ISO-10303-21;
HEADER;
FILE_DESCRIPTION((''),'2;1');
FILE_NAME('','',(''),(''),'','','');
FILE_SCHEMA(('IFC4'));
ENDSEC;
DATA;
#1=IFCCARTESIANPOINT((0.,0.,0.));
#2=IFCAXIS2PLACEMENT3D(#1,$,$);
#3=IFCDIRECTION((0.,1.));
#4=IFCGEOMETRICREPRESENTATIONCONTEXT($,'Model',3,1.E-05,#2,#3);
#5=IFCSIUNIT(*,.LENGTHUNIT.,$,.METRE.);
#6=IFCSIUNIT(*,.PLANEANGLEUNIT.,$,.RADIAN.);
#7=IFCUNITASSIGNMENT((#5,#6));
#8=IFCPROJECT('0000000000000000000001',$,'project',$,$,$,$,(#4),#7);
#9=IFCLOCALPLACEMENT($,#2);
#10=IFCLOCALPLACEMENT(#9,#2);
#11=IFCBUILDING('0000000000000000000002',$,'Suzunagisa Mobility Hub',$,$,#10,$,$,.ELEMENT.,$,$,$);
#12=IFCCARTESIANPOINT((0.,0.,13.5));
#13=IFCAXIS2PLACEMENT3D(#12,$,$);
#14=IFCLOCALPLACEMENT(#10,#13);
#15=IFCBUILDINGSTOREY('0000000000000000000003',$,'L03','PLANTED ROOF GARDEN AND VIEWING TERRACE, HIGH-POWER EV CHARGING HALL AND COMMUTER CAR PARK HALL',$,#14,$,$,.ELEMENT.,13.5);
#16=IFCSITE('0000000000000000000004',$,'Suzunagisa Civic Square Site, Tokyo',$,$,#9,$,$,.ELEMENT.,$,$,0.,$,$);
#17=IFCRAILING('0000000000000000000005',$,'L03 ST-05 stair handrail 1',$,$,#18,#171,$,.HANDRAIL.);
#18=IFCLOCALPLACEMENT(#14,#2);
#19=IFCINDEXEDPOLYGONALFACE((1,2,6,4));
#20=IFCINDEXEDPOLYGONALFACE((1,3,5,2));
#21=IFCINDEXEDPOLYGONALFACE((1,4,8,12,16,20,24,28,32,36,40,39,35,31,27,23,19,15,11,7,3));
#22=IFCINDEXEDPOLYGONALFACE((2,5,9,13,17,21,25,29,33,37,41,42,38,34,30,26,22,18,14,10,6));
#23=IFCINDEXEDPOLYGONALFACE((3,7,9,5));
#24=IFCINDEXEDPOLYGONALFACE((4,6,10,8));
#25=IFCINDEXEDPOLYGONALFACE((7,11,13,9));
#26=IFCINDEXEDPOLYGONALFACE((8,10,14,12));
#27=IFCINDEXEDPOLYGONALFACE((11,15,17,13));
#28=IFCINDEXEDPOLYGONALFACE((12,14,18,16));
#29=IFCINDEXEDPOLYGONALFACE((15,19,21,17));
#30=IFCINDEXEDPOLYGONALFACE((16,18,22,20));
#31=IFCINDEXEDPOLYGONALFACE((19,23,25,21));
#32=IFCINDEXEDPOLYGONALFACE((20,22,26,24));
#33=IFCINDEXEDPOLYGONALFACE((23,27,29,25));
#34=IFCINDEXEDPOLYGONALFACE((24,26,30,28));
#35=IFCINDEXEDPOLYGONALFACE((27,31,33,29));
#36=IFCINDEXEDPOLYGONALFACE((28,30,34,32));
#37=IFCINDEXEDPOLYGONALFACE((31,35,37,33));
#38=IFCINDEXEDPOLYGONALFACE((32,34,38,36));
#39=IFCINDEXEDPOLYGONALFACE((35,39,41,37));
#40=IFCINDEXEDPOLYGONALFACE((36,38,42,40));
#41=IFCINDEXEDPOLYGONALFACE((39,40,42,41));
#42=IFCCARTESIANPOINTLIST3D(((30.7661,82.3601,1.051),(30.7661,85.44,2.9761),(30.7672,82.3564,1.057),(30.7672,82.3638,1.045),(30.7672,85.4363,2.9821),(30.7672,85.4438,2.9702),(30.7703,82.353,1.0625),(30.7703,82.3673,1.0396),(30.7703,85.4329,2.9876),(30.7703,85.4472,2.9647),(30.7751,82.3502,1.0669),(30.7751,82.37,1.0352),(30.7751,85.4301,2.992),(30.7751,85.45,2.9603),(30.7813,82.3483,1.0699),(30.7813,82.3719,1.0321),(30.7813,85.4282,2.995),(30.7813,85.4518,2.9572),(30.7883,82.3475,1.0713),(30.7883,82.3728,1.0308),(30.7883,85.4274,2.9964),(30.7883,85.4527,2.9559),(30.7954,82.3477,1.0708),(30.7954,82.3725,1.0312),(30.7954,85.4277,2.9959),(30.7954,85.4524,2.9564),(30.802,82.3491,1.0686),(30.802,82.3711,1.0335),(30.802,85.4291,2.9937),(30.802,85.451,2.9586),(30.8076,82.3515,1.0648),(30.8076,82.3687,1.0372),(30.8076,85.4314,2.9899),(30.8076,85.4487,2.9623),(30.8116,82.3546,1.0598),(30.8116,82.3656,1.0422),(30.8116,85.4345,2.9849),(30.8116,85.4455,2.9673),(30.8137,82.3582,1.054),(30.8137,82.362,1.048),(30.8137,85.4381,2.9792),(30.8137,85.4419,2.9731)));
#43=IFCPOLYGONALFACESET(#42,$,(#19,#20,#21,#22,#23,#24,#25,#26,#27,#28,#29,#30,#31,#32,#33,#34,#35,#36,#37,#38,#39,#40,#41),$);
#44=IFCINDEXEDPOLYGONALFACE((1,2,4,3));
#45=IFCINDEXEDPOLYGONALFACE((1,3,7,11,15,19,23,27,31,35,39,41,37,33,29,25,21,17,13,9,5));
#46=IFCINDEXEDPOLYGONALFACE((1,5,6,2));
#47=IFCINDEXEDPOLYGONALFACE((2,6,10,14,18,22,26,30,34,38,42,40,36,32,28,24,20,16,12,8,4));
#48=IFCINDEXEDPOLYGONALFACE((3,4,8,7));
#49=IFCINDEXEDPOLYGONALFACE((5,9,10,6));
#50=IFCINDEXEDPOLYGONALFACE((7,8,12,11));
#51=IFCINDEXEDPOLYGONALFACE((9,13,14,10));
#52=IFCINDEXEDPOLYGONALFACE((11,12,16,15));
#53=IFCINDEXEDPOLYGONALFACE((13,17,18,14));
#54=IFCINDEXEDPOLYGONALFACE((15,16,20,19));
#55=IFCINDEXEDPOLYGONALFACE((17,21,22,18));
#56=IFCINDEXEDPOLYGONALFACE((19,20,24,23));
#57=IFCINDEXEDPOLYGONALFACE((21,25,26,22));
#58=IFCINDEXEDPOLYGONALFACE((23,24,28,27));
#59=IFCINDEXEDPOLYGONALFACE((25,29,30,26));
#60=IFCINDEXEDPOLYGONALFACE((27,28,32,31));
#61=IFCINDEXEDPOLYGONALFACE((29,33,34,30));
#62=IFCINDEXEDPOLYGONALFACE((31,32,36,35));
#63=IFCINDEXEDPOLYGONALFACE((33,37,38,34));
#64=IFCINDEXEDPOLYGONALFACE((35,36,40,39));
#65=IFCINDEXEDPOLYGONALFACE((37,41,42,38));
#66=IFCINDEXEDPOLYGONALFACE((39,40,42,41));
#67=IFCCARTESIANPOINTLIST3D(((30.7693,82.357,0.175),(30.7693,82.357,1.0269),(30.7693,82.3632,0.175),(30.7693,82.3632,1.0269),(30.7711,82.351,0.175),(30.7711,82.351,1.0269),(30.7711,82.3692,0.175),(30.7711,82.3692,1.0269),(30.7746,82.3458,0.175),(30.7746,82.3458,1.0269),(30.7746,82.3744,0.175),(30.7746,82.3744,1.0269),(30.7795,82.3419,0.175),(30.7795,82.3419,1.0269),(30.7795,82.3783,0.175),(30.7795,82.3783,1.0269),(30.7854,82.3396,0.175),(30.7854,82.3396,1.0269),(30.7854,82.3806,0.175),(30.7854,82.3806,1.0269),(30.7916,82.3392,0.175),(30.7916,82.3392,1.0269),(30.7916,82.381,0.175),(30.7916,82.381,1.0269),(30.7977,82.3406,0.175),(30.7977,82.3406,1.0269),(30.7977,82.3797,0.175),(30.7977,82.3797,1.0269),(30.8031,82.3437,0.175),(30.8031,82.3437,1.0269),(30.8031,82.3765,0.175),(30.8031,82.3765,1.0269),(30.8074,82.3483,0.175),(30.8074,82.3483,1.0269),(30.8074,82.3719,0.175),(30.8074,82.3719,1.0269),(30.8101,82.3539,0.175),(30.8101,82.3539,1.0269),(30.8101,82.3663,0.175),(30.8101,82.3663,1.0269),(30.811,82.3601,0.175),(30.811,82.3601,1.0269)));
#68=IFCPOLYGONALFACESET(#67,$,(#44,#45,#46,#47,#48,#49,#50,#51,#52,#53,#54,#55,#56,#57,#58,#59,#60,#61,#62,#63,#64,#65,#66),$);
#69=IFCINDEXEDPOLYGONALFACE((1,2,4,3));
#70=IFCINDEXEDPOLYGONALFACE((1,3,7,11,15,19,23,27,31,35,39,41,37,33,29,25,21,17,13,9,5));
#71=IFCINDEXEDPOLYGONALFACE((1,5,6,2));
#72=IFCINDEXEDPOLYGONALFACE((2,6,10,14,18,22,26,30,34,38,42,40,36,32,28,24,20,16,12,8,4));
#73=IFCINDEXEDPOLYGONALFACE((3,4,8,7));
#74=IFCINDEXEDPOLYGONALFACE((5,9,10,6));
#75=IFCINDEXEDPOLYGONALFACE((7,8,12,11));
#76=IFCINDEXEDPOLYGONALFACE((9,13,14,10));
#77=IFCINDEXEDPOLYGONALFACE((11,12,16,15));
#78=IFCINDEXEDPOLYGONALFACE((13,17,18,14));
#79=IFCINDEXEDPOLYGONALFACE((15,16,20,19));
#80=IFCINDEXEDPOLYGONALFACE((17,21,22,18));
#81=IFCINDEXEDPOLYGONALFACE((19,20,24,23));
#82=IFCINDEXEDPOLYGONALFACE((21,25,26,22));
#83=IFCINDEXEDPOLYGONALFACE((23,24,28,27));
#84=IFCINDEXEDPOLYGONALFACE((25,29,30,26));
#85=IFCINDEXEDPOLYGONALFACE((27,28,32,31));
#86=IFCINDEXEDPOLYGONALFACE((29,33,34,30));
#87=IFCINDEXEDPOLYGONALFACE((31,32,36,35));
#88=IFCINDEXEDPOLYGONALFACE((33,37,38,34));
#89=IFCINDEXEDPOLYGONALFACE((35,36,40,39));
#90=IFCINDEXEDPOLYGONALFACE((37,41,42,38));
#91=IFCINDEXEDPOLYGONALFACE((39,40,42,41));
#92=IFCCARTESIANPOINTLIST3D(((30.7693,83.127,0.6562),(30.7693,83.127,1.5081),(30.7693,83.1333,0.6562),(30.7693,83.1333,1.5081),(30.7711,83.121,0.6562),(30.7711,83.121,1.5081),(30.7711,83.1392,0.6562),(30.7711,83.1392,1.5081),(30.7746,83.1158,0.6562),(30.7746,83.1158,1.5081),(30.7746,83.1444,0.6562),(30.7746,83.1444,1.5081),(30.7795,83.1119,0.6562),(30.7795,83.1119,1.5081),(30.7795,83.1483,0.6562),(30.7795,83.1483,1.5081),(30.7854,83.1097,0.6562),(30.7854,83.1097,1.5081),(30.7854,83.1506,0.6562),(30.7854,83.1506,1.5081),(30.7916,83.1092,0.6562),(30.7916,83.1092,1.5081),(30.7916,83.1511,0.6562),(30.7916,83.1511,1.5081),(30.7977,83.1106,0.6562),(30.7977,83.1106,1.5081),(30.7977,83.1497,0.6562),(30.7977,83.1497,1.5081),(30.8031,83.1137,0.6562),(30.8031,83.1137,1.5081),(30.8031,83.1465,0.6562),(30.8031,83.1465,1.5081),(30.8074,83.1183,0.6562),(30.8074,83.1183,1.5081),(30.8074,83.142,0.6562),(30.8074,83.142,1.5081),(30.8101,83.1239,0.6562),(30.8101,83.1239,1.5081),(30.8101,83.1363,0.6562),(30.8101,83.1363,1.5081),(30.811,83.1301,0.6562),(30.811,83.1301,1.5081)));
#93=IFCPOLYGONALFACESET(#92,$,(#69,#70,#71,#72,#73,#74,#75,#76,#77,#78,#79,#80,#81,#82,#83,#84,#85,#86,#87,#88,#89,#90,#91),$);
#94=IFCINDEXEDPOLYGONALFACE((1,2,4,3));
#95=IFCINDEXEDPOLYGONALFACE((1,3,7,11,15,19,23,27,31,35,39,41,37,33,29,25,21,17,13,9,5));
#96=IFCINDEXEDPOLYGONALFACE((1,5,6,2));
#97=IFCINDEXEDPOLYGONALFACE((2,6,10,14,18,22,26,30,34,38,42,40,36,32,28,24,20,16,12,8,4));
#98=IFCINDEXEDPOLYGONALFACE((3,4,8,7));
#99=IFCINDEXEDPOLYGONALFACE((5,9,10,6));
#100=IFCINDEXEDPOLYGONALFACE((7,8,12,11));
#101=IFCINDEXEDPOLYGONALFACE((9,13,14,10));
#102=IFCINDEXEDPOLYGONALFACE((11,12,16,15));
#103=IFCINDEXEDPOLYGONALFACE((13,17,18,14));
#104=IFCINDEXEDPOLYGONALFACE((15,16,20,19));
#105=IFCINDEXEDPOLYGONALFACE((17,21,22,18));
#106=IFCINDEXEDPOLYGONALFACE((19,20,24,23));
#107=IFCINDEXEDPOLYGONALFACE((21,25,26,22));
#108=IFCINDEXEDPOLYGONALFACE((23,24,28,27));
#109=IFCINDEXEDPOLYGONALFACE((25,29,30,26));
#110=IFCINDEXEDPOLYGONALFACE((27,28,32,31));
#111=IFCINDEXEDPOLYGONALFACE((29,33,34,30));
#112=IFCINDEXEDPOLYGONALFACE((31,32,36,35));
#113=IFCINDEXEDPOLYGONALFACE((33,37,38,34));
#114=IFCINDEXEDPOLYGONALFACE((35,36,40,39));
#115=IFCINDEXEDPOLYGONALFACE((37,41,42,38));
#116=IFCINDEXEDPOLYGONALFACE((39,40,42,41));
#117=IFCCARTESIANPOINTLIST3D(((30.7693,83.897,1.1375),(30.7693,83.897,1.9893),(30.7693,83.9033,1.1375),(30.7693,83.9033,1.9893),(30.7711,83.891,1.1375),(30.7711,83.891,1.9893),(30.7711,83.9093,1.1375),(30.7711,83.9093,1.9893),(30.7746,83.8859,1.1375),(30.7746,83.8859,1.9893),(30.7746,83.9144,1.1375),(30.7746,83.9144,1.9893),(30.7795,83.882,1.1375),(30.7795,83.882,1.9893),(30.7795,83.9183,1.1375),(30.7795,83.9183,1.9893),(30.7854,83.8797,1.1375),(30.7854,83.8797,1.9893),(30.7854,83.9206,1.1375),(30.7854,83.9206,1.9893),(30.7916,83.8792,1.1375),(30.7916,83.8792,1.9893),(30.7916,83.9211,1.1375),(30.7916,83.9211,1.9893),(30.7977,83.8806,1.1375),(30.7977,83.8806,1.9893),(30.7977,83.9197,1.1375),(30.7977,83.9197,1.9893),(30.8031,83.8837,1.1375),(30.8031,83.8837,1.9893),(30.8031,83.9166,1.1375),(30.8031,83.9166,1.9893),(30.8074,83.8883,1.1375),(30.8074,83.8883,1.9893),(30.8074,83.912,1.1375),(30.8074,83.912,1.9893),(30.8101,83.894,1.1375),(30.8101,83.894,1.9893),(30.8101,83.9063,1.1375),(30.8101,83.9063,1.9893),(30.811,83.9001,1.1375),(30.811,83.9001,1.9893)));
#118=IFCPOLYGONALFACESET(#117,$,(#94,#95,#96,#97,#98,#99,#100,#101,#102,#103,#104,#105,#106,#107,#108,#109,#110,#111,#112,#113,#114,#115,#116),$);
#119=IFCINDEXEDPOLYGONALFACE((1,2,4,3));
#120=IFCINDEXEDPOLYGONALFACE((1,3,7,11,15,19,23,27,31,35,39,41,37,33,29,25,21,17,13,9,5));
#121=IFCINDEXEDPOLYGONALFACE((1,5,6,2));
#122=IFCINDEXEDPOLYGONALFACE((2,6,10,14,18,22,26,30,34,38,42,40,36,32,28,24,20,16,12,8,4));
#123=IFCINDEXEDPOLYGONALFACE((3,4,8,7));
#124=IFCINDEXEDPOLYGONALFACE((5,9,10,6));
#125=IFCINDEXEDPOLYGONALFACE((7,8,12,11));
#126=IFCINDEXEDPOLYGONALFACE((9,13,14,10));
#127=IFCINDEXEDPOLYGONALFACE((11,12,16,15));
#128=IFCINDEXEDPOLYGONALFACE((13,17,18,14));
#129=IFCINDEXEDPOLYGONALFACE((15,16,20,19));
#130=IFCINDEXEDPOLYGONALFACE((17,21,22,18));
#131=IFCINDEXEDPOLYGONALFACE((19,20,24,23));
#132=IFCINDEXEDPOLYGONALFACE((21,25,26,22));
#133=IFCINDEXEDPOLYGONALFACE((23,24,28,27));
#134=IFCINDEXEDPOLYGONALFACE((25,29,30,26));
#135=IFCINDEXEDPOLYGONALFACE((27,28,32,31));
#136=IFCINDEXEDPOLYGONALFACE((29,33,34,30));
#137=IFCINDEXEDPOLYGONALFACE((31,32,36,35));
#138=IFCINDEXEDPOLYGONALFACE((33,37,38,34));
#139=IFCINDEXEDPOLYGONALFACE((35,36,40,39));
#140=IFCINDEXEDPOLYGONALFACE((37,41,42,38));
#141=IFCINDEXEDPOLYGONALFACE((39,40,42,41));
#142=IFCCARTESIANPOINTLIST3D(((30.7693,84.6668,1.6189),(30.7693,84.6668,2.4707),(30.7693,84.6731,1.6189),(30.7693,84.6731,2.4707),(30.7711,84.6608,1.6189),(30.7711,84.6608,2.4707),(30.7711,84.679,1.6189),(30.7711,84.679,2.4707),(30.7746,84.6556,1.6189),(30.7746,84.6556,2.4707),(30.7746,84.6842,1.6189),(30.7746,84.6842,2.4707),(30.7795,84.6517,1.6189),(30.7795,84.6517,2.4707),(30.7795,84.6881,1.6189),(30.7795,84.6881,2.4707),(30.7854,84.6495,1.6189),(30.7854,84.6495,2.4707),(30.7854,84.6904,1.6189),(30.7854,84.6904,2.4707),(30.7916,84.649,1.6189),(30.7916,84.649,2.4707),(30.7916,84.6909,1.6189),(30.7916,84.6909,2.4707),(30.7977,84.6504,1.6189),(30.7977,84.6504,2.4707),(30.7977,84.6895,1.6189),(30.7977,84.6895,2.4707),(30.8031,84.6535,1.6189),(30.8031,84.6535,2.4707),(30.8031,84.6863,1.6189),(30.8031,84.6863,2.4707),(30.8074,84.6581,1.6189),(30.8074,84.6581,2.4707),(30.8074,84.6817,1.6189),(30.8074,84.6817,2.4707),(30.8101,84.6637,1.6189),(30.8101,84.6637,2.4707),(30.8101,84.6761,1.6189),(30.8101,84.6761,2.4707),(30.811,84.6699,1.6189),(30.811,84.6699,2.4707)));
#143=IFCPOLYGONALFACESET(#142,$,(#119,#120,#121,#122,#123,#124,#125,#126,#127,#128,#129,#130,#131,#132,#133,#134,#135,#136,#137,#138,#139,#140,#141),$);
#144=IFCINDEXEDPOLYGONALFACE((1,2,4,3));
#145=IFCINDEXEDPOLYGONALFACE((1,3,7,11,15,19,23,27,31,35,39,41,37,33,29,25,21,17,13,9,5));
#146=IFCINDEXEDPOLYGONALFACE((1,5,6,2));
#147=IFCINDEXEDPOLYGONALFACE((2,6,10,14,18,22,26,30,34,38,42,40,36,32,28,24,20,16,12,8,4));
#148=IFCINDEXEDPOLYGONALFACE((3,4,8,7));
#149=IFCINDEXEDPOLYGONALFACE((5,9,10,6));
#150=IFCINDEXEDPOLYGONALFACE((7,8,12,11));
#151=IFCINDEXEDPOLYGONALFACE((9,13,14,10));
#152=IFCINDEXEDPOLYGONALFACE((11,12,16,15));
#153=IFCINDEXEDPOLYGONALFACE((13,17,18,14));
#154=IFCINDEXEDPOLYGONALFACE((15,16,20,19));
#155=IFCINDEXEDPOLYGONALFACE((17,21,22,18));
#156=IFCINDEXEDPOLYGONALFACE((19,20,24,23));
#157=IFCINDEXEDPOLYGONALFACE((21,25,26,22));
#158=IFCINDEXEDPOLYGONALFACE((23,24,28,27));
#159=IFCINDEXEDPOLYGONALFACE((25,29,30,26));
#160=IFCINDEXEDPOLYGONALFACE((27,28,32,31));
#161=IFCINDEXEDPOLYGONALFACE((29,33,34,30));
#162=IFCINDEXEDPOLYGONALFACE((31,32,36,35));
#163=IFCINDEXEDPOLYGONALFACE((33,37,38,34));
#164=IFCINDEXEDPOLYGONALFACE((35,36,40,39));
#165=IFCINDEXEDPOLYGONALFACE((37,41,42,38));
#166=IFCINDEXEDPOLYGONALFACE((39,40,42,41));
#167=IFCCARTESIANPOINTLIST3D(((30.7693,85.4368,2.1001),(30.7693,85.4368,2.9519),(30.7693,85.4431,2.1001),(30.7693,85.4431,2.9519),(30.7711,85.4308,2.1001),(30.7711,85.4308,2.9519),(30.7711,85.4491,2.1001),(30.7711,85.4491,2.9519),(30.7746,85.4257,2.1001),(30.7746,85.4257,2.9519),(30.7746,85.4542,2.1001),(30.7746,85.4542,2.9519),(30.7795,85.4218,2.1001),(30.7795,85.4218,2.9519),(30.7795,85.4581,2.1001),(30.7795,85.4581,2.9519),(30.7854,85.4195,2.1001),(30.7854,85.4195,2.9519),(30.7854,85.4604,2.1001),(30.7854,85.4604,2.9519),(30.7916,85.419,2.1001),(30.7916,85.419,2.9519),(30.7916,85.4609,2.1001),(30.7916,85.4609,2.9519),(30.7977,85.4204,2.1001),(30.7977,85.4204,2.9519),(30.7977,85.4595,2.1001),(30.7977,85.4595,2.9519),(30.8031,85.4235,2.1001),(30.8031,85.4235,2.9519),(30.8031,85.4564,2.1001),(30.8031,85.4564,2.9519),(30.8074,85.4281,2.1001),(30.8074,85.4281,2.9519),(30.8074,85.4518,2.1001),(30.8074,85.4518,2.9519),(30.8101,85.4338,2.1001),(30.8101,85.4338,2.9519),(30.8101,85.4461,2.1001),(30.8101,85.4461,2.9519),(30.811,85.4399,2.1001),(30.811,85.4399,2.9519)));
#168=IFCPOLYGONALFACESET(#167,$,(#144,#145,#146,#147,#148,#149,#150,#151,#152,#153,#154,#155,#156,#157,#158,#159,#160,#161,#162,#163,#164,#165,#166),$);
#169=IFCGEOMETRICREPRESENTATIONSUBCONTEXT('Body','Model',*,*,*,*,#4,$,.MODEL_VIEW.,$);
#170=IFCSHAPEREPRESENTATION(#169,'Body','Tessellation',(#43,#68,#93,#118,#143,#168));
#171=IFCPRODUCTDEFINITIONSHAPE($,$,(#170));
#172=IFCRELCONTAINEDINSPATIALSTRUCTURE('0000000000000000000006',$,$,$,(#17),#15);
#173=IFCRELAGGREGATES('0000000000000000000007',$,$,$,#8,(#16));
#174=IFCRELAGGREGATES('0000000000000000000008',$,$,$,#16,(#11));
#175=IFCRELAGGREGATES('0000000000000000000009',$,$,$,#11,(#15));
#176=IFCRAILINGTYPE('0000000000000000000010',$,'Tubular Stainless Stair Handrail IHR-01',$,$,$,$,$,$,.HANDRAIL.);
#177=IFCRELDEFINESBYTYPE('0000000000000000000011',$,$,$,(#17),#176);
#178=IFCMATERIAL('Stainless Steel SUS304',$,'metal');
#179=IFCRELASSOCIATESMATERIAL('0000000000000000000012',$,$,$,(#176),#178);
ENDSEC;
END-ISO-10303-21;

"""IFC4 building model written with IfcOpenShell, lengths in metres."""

from ifc_helpers import new_model, si_unit, direction, frame, origin, origin_2d, place, context, subcontext, project, spatial, circle, extrude, material, type_object, element, save


model = new_model("IFC4")

# Units and contexts
model_context = context("Model", 3, precision=1e-05, world=origin(), true_north=direction((0.0, 1.0)))
body_context = subcontext(model_context, "Body", "Model", "MODEL_VIEW")
ifc_project = project(units=[si_unit("LENGTHUNIT", "METRE"), si_unit("PLANEANGLEUNIT", "RADIAN")], contexts=[model_context])

# Site, building, storey
site_placement = place(None, origin())
site = spatial("IfcSite", under=ifc_project, at=site_placement, Name="Suzunagisa Civic Square Site, Tokyo", CompositionType="ELEMENT", RefElevation=0.0)
building_placement = place(site_placement, origin())
building = spatial("IfcBuilding", under=site, at=building_placement, Name="Suzunagisa Mobility Hub", CompositionType="ELEMENT")
storey_placement = place(building_placement, frame((0.0, 0.0, 13.5)))
storey = spatial("IfcBuildingStorey", under=building, at=storey_placement, Name="L03", Description="PLANTED ROOF GARDEN AND VIEWING TERRACE, HIGH-POWER EV CHARGING HALL AND COMMUTER CAR PARK HALL", CompositionType="ELEMENT", Elevation=13.5)

# Railing
ifc_material_1 = material(Name="Stainless Steel SUS304", Category="metal")
railing_type_1 = type_object("IfcRailingType", Name="Tubular Stainless Stair Handrail IHR-01", PredefinedType="HANDRAIL", material=ifc_material_1)
railing_1_placement = place(storey_placement, frame((30.79, 82.3601, 0.175)))
element("IfcRailing", 1, at=railing_1_placement, inside=storey, type_object=railing_type_1, Name="L03 ST-05 stair handrail 1", PredefinedType="HANDRAIL", context=body_context, shape_type="SweptSolid", body=[
    extrude(circle(Radius=0.0239, at=origin_2d()), frame((0.0, 0.0, 0.876), z_axis=(0.0, 0.847979, 0.530029), x_axis=(-1.0, 0.0, 0.0)), (0.0, 0.0, 1.0), 3.6321),
    extrude(circle(Radius=0.021, at=origin_2d()), origin(), (0.0, 0.0, 1.0), 0.8518),
    extrude(circle(Radius=0.021, at=origin_2d()), frame((0.0, 0.77, 0.4812)), (0.0, 0.0, 1.0), 0.8518),
    extrude(circle(Radius=0.021, at=origin_2d()), frame((0.0, 1.54, 0.9624)), (0.0, 0.0, 1.0), 0.8518),
    extrude(circle(Radius=0.021, at=origin_2d()), frame((0.0, 2.3098, 1.4438)), (0.0, 0.0, 1.0), 0.8518),
    extrude(circle(Radius=0.021, at=origin_2d()), frame((0.0, 3.0798, 1.925)), (0.0, 0.0, 1.0), 0.8518),
])

save(model, "model.ifc")
